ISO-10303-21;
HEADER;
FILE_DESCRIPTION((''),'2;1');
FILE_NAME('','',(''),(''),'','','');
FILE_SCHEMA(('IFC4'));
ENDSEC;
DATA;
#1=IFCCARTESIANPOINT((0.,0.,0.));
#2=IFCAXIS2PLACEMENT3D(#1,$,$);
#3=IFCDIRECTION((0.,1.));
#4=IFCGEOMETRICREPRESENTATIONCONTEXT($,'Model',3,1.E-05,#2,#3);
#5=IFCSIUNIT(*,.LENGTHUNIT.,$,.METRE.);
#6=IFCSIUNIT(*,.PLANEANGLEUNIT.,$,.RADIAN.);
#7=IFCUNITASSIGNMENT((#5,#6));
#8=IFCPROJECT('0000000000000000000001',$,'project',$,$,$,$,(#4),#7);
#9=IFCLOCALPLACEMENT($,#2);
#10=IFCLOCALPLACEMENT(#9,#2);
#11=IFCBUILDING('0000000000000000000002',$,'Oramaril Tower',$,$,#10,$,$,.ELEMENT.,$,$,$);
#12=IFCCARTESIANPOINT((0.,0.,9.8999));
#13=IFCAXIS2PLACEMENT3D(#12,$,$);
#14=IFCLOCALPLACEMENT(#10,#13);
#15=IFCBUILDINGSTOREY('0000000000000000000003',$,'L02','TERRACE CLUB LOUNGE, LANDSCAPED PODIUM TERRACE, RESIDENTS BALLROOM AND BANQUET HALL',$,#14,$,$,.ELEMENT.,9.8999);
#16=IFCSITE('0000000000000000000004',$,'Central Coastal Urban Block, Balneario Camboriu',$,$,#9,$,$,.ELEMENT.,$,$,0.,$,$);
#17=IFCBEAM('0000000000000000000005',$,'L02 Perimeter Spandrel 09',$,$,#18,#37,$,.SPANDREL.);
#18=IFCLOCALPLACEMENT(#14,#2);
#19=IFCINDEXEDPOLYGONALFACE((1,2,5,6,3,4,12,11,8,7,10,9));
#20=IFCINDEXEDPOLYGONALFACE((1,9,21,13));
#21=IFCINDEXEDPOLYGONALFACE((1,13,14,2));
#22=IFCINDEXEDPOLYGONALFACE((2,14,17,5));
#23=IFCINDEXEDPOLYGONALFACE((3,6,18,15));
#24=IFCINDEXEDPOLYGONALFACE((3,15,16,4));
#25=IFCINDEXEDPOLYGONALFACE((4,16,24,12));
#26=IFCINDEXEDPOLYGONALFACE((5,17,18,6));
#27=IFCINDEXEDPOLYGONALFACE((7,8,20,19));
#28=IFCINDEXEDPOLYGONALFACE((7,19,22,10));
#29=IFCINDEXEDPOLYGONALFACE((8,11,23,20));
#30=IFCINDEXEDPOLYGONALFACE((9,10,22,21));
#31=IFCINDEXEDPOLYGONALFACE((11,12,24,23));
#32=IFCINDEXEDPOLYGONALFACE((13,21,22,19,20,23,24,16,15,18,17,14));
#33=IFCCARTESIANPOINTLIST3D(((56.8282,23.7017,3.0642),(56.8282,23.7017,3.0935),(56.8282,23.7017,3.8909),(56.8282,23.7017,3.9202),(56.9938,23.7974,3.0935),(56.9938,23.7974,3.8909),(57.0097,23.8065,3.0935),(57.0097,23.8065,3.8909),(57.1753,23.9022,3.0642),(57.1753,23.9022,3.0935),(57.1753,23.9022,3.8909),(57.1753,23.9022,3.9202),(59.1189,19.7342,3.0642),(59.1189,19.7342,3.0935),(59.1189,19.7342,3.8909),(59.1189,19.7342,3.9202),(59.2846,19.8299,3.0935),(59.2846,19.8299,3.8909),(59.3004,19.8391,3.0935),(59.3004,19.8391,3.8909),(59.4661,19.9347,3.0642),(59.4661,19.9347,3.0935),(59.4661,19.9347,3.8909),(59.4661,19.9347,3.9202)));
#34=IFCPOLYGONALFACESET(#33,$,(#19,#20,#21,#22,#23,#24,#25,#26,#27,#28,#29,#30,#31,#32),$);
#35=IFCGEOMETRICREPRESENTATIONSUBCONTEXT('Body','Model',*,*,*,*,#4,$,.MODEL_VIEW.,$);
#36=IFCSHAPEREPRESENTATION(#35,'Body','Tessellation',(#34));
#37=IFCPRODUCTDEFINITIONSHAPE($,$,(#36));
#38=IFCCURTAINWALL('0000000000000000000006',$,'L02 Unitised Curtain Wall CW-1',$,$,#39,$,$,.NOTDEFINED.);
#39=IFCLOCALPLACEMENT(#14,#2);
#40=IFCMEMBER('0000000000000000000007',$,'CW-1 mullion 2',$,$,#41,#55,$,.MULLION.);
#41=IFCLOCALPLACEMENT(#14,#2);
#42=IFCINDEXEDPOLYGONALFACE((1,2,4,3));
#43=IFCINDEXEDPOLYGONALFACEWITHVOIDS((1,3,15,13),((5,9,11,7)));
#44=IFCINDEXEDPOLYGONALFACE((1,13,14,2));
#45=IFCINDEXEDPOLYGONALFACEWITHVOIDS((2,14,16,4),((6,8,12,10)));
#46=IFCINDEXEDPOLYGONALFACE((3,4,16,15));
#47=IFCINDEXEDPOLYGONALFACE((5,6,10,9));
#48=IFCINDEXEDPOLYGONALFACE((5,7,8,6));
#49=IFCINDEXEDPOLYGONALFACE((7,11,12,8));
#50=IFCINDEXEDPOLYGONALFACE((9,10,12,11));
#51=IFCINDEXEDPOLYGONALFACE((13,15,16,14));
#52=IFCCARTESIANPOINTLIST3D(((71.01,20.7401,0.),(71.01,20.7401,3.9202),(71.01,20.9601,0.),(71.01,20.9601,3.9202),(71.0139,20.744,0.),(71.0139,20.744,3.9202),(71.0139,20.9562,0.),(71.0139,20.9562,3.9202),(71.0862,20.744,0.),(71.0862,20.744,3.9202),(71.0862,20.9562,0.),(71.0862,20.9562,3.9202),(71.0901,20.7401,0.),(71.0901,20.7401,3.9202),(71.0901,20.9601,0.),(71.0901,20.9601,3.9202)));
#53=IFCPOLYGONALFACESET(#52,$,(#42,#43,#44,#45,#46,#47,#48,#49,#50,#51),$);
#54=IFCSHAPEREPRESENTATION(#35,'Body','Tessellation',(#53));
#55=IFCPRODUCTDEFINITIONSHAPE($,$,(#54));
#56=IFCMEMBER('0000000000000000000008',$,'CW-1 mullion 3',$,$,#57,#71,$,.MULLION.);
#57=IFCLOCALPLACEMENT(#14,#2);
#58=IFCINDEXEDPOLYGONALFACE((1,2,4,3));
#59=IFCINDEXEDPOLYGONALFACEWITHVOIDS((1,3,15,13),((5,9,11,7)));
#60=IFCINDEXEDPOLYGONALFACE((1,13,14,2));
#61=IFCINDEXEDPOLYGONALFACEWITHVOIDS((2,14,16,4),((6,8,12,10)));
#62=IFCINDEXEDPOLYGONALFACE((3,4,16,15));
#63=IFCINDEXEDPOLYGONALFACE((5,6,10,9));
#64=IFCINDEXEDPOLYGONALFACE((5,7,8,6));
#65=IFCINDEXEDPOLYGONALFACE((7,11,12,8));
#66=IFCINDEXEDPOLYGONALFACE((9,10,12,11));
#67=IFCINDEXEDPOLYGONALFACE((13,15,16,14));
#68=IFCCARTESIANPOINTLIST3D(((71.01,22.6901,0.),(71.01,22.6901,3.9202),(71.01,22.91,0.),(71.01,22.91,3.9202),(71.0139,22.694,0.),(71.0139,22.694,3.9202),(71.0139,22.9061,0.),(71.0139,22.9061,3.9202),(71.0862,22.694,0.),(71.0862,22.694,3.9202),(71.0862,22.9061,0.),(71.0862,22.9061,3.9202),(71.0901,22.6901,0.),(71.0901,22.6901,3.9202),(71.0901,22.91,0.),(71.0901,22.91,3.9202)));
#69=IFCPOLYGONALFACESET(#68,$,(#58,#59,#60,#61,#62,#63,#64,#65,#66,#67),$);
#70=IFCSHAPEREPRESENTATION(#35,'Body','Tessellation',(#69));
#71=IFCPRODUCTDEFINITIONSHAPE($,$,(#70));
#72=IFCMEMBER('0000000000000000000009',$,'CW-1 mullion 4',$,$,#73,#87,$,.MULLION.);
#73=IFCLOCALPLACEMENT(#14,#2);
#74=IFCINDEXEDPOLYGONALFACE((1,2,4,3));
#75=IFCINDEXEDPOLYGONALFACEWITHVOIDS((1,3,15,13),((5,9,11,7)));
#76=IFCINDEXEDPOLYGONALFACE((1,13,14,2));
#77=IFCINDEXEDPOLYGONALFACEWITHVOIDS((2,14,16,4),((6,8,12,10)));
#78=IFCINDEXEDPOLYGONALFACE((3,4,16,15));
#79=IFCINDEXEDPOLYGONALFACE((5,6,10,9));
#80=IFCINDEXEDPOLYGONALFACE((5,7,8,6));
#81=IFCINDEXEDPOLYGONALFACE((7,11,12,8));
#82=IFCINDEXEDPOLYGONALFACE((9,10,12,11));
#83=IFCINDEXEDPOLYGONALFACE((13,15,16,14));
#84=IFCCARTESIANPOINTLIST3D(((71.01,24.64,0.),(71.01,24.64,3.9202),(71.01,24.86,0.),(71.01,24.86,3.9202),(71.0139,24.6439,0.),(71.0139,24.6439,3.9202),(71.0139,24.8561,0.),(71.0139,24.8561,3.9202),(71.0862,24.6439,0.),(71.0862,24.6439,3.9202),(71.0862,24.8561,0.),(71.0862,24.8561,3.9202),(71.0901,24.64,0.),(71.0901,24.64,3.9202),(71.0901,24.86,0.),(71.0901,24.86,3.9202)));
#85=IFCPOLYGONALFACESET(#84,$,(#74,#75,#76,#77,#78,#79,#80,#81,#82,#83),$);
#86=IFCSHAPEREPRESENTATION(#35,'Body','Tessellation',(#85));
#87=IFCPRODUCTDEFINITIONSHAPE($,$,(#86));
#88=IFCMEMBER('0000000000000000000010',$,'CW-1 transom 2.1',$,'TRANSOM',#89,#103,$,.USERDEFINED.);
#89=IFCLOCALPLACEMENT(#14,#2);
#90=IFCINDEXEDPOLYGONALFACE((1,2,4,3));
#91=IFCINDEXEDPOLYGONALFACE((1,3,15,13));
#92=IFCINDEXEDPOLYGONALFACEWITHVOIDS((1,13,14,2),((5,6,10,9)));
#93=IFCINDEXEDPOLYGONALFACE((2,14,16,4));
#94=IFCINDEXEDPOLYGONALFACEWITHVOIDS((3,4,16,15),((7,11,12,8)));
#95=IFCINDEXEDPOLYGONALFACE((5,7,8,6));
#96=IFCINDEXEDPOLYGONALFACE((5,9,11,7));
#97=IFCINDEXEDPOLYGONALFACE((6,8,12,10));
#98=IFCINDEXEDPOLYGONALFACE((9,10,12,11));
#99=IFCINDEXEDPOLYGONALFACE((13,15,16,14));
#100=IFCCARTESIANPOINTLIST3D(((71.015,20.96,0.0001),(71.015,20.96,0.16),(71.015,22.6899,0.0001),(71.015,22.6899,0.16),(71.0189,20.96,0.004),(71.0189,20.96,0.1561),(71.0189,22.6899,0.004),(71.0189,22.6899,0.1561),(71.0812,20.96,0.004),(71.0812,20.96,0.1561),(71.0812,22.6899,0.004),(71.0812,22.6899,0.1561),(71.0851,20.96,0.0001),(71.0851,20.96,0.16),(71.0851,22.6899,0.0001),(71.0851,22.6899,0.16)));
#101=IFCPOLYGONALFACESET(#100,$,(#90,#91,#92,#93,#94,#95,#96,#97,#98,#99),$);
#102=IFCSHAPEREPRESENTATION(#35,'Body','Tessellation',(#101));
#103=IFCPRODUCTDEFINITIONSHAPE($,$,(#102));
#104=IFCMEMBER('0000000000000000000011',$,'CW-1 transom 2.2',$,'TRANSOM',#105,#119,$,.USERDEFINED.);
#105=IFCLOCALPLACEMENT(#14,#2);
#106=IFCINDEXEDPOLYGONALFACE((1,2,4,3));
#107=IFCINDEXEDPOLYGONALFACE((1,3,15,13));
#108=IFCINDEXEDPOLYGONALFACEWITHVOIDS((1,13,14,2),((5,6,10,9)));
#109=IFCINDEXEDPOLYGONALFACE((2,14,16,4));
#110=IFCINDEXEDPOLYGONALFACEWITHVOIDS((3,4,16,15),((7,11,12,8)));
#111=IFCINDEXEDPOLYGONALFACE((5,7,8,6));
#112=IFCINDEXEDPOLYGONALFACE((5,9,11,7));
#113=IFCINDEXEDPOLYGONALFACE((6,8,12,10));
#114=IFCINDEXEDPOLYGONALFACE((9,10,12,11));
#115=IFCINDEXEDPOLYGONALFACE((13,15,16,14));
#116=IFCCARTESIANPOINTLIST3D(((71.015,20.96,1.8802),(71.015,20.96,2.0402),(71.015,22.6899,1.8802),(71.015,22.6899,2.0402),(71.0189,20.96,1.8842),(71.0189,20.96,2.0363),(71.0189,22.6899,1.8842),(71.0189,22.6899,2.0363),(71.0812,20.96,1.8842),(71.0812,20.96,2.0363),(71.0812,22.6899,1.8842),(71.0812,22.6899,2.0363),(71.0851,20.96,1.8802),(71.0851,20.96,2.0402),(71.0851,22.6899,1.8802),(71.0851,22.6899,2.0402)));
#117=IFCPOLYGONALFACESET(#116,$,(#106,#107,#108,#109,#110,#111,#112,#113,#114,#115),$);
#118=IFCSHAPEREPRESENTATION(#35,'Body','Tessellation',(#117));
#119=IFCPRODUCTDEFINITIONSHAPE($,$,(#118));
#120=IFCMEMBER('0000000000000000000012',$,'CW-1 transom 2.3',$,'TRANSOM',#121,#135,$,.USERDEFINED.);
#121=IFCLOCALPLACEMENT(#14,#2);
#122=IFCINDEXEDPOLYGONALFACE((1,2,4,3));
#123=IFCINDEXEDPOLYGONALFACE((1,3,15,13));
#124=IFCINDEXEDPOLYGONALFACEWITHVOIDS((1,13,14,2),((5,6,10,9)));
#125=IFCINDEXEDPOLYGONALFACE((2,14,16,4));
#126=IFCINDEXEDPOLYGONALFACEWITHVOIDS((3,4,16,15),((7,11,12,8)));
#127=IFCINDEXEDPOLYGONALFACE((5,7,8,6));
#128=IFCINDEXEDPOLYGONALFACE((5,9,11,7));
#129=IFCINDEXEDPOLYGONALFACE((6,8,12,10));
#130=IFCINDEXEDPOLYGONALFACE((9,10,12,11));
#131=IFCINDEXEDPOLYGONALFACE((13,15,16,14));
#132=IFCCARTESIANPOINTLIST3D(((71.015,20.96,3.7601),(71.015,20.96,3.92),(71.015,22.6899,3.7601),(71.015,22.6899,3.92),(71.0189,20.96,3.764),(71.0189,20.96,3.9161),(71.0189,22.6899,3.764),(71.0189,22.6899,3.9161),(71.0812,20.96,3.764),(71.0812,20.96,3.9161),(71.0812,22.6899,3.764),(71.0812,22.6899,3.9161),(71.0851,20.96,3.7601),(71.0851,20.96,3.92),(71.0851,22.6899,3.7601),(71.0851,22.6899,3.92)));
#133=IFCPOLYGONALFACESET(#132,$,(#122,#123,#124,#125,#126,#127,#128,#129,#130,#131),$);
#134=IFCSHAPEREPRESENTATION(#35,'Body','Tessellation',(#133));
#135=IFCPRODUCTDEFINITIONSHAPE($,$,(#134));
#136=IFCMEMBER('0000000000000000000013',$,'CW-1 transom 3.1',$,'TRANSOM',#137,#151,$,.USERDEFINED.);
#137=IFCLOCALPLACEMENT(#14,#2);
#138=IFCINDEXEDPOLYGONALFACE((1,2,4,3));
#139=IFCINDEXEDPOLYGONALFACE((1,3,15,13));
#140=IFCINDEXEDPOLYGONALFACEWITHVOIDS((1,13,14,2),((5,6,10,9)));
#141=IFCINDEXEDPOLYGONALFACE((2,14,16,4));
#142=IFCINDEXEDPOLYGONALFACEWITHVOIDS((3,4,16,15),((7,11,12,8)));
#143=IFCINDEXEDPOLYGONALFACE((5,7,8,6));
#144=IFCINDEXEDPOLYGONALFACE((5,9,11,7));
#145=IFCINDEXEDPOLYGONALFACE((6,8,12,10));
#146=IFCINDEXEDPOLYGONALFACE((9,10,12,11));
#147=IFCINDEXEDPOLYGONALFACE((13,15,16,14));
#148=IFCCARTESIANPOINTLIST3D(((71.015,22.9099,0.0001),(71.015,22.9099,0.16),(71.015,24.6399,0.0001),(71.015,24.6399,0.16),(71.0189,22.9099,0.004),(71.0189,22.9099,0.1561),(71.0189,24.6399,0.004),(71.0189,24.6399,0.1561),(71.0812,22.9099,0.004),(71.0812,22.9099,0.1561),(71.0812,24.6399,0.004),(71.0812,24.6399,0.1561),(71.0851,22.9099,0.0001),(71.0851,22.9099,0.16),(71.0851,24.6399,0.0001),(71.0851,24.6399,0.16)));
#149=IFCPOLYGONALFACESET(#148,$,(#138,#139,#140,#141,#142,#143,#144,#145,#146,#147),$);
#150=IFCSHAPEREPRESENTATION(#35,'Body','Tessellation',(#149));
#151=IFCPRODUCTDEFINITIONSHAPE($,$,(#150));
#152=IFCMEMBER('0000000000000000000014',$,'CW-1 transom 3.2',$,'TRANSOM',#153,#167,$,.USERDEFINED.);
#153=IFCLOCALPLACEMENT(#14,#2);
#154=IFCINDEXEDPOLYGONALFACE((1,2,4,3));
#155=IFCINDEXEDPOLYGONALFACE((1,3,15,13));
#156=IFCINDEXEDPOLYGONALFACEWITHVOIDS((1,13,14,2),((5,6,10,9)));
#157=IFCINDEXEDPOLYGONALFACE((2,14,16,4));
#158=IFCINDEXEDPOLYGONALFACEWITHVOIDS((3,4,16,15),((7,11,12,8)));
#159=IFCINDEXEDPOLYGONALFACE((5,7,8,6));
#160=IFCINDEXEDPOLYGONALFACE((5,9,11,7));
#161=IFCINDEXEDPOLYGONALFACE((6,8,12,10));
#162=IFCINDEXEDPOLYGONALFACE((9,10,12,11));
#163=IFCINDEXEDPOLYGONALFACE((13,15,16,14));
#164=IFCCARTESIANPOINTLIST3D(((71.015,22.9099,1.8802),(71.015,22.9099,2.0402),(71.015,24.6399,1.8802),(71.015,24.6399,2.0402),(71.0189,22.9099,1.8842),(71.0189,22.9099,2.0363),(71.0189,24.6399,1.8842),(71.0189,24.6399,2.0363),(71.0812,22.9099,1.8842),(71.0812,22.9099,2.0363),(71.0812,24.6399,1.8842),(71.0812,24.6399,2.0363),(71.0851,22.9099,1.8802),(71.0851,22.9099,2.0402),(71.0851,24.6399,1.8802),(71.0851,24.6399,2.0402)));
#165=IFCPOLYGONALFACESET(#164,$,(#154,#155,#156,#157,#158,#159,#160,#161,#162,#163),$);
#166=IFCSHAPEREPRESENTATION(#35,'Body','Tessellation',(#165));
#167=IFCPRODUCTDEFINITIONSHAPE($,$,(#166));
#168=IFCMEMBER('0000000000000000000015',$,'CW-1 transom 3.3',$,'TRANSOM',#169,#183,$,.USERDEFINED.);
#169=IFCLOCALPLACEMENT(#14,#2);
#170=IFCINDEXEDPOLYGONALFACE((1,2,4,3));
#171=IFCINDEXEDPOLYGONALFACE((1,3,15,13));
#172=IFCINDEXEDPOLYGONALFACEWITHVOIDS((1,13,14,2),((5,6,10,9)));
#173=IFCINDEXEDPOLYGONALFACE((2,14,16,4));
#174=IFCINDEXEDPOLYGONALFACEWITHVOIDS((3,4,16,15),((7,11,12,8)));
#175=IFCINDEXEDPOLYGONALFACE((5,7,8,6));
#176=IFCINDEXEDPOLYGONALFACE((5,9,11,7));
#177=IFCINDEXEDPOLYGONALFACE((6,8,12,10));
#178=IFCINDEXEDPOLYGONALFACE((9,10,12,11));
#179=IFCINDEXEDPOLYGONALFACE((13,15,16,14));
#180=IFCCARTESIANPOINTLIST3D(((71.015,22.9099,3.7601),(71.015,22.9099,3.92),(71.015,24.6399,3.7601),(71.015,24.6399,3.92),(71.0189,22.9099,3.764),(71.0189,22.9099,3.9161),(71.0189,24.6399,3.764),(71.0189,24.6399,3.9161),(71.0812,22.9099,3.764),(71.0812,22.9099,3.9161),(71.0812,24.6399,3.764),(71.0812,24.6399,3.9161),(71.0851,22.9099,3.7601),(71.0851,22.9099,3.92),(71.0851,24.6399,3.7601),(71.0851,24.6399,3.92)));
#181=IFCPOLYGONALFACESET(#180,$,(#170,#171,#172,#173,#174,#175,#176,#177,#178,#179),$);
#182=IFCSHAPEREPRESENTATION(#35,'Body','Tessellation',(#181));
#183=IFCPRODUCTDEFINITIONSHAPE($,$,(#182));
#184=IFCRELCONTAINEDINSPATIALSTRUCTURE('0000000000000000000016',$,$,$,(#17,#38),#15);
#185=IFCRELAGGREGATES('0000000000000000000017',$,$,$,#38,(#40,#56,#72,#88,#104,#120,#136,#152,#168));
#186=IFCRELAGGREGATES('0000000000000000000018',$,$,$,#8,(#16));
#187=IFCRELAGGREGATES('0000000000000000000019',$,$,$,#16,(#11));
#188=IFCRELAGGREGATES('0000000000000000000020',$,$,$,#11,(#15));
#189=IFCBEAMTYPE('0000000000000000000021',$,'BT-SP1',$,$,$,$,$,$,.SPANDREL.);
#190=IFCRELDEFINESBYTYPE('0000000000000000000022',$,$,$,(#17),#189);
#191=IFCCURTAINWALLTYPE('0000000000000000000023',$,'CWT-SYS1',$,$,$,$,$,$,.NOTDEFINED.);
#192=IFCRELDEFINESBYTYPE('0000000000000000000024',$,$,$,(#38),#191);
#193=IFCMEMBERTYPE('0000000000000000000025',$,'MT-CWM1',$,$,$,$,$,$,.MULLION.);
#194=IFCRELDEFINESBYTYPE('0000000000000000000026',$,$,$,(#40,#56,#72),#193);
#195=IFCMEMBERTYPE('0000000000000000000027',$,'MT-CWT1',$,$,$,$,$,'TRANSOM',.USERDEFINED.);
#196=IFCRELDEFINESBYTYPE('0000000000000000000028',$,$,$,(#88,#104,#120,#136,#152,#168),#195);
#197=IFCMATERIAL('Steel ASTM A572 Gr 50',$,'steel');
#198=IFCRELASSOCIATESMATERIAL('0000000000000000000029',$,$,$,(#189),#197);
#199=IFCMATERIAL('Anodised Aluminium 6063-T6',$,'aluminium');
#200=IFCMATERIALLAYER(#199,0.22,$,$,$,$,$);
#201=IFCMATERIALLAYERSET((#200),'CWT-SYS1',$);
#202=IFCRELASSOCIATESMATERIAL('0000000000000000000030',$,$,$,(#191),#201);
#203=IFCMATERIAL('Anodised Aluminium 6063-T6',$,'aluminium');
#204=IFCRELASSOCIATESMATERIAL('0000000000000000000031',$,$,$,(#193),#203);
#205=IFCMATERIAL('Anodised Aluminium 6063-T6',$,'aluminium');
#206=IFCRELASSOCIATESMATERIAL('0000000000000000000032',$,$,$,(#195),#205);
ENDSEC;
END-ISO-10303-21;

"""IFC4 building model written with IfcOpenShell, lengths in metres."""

from ifc_helpers import new_model, si_unit, direction, frame, origin, origin_2d, place, context, subcontext, project, spatial, hollow_rectangle, i_section, extrude, material, layer, layer_set, material_profile, profile_set, type_object, element, aggregate, save


model = new_model("IFC4")

# Units and contexts
model_context = context("Model", 3, precision=1e-05, world=origin(), true_north=direction((0.0, 1.0)))
body_context = subcontext(model_context, "Body", "Model", "MODEL_VIEW")
ifc_project = project(units=[si_unit("LENGTHUNIT", "METRE"), si_unit("PLANEANGLEUNIT", "RADIAN")], contexts=[model_context])

# Site, building, storey
site_placement = place(None, origin())
site = spatial("IfcSite", under=ifc_project, at=site_placement, Name="Central Coastal Urban Block, Balneario Camboriu", CompositionType="ELEMENT", RefElevation=0.0)
building_placement = place(site_placement, origin())
building = spatial("IfcBuilding", under=site, at=building_placement, Name="Oramaril Tower", CompositionType="ELEMENT")
storey_placement = place(building_placement, frame((0.0, 0.0, 9.8999)))
storey = spatial("IfcBuildingStorey", under=building, at=storey_placement, Name="L02", Description="TERRACE CLUB LOUNGE, LANDSCAPED PODIUM TERRACE, RESIDENTS BALLROOM AND BANQUET HALL", CompositionType="ELEMENT", Elevation=9.8999)

# Beam
ifc_material_1 = material(Name="Steel ASTM A572 Gr 50", Category="steel")
ifc_material_profile_1 = material_profile(ifc_material_1, i_section(OverallWidth=0.4009, OverallDepth=0.856, WebThickness=0.0183, FlangeThickness=0.0293, at=origin_2d()), Name="W33X201")
ifc_profile_set_1 = profile_set([ifc_material_profile_1], Name="Steel ASTM A572 Gr 50")
beam_type = type_object("IfcBeamType", Name="BT-SP1", PredefinedType="SPANDREL", material=ifc_profile_set_1)
beam_placement = place(storey_placement, frame((59.2925, 19.8345, 3.4922), z_axis=(-0.500019, 0.866014, 0.0), x_axis=(-0.866014, -0.500019, 0.0)))
element("IfcBeam", 1, at=beam_placement, inside=storey, type_object=beam_type, Name="L02 Perimeter Spandrel 09", PredefinedType="SPANDREL", context=body_context, shape_type="SweptSolid", body=[
    extrude(i_section(OverallWidth=0.4009, OverallDepth=0.856, WebThickness=0.0183, FlangeThickness=0.0293, at=origin_2d()), origin(), (0.0, 0.0, 1.0), 4.5813),
])

# Curtain wall, members
ifc_material_2 = material(Name="Anodised Aluminium 6063-T6", Category="aluminium")
ifc_layer_1 = layer(ifc_material_2, 0.22)
ifc_layer_set_1 = layer_set([ifc_layer_1], Name="CWT-SYS1")
curtain_wall_type = type_object("IfcCurtainWallType", Name="CWT-SYS1", PredefinedType="NOTDEFINED", material=ifc_layer_set_1)
curtain_wall_placement = place(storey_placement, origin())
curtain_wall = element("IfcCurtainWall", 2, at=curtain_wall_placement, inside=storey, type_object=curtain_wall_type, Name="L02 Unitised Curtain Wall CW-1", PredefinedType="NOTDEFINED")
ifc_material_3 = material(Name="Anodised Aluminium 6063-T6", Category="aluminium")
ifc_material_profile_2 = material_profile(ifc_material_3, hollow_rectangle(XDim=0.0801, YDim=0.22, WallThickness=0.0039, at=origin_2d()), Name="CWM220X80")
ifc_profile_set_2 = profile_set([ifc_material_profile_2], Name="Anodised Aluminium 6063-T6")
member_type_1 = type_object("IfcMemberType", Name="MT-CWM1", PredefinedType="MULLION", material=ifc_profile_set_2)
member_1_placement = place(storey_placement, frame((71.05, 20.8501, 0.0), z_axis=(0.0, 0.0, 1.0), x_axis=(-1.0, 0.0, 0.0)))
member_1 = element("IfcMember", 3, at=member_1_placement, type_object=member_type_1, Name="CW-1 mullion 2", PredefinedType="MULLION", context=body_context, shape_type="SweptSolid", body=[
    extrude(hollow_rectangle(XDim=0.0801, YDim=0.22, WallThickness=0.0039, at=origin_2d()), origin(), (0.0, 0.0, 1.0), 3.9202),
])
member_2_placement = place(storey_placement, frame((71.05, 22.8, 0.0), z_axis=(0.0, 0.0, 1.0), x_axis=(-1.0, 0.0, 0.0)))
member_2 = element("IfcMember", 4, at=member_2_placement, type_object=member_type_1, Name="CW-1 mullion 3", PredefinedType="MULLION", context=body_context, shape_type="SweptSolid", body=[
    extrude(hollow_rectangle(XDim=0.0801, YDim=0.22, WallThickness=0.0039, at=origin_2d()), origin(), (0.0, 0.0, 1.0), 3.9202),
])
member_3_placement = place(storey_placement, frame((71.05, 24.75, 0.0), z_axis=(0.0, 0.0, 1.0), x_axis=(-1.0, 0.0, 0.0)))
member_3 = element("IfcMember", 5, at=member_3_placement, type_object=member_type_1, Name="CW-1 mullion 4", PredefinedType="MULLION", context=body_context, shape_type="SweptSolid", body=[
    extrude(hollow_rectangle(XDim=0.0801, YDim=0.22, WallThickness=0.0039, at=origin_2d()), origin(), (0.0, 0.0, 1.0), 3.9202),
])
ifc_material_4 = material(Name="Anodised Aluminium 6063-T6", Category="aluminium")
ifc_material_profile_3 = material_profile(ifc_material_4, hollow_rectangle(XDim=0.0701, YDim=0.1599, WallThickness=0.0039, at=origin_2d()), Name="CWT160X70")
ifc_profile_set_3 = profile_set([ifc_material_profile_3], Name="Anodised Aluminium 6063-T6")
member_type_2 = type_object("IfcMemberType", Name="MT-CWT1", ElementType="TRANSOM", PredefinedType="USERDEFINED", material=ifc_profile_set_3)
member_4_placement = place(storey_placement, frame((71.05, 20.96, 0.0801), z_axis=(0.0, 1.0, 0.0), x_axis=(-1.0, 0.0, 0.0)))
member_4 = element("IfcMember", 6, at=member_4_placement, type_object=member_type_2, Name="CW-1 transom 2.1", ObjectType="TRANSOM", PredefinedType="USERDEFINED", context=body_context, shape_type="SweptSolid", body=[
    extrude(hollow_rectangle(XDim=0.0701, YDim=0.1599, WallThickness=0.0039, at=origin_2d()), origin(), (0.0, 0.0, 1.0), 1.73),
])
member_5_placement = place(storey_placement, frame((71.05, 20.96, 1.9602), z_axis=(0.0, 1.0, 0.0), x_axis=(-1.0, 0.0, 0.0)))
member_5 = element("IfcMember", 7, at=member_5_placement, type_object=member_type_2, Name="CW-1 transom 2.2", ObjectType="TRANSOM", PredefinedType="USERDEFINED", context=body_context, shape_type="SweptSolid", body=[
    extrude(hollow_rectangle(XDim=0.0701, YDim=0.1599, WallThickness=0.0039, at=origin_2d()), origin(), (0.0, 0.0, 1.0), 1.73),
])
member_6_placement = place(storey_placement, frame((71.05, 20.96, 3.8401), z_axis=(0.0, 1.0, 0.0), x_axis=(-1.0, 0.0, 0.0)))
member_6 = element("IfcMember", 8, at=member_6_placement, type_object=member_type_2, Name="CW-1 transom 2.3", ObjectType="TRANSOM", PredefinedType="USERDEFINED", context=body_context, shape_type="SweptSolid", body=[
    extrude(hollow_rectangle(XDim=0.0701, YDim=0.1599, WallThickness=0.0039, at=origin_2d()), origin(), (0.0, 0.0, 1.0), 1.73),
])
member_7_placement = place(storey_placement, frame((71.05, 22.9099, 0.0801), z_axis=(0.0, 1.0, 0.0), x_axis=(-1.0, 0.0, 0.0)))
member_7 = element("IfcMember", 9, at=member_7_placement, type_object=member_type_2, Name="CW-1 transom 3.1", ObjectType="TRANSOM", PredefinedType="USERDEFINED", context=body_context, shape_type="SweptSolid", body=[
    extrude(hollow_rectangle(XDim=0.0701, YDim=0.1599, WallThickness=0.0039, at=origin_2d()), origin(), (0.0, 0.0, 1.0), 1.73),
])
member_8_placement = place(storey_placement, frame((71.05, 22.9099, 1.9602), z_axis=(0.0, 1.0, 0.0), x_axis=(-1.0, 0.0, 0.0)))
member_8 = element("IfcMember", 10, at=member_8_placement, type_object=member_type_2, Name="CW-1 transom 3.2", ObjectType="TRANSOM", PredefinedType="USERDEFINED", context=body_context, shape_type="SweptSolid", body=[
    extrude(hollow_rectangle(XDim=0.0701, YDim=0.1599, WallThickness=0.0039, at=origin_2d()), origin(), (0.0, 0.0, 1.0), 1.73),
])
member_9_placement = place(storey_placement, frame((71.05, 22.9099, 3.8401), z_axis=(0.0, 1.0, 0.0), x_axis=(-1.0, 0.0, 0.0)))
member_9 = element("IfcMember", 11, at=member_9_placement, type_object=member_type_2, Name="CW-1 transom 3.3", ObjectType="TRANSOM", PredefinedType="USERDEFINED", context=body_context, shape_type="SweptSolid", body=[
    extrude(hollow_rectangle(XDim=0.0701, YDim=0.1599, WallThickness=0.0039, at=origin_2d()), origin(), (0.0, 0.0, 1.0), 1.73),
])
aggregate(curtain_wall, [member_1, member_2, member_3, member_4, member_5, member_6, member_7, member_8, member_9])

save(model, "model.ifc")
